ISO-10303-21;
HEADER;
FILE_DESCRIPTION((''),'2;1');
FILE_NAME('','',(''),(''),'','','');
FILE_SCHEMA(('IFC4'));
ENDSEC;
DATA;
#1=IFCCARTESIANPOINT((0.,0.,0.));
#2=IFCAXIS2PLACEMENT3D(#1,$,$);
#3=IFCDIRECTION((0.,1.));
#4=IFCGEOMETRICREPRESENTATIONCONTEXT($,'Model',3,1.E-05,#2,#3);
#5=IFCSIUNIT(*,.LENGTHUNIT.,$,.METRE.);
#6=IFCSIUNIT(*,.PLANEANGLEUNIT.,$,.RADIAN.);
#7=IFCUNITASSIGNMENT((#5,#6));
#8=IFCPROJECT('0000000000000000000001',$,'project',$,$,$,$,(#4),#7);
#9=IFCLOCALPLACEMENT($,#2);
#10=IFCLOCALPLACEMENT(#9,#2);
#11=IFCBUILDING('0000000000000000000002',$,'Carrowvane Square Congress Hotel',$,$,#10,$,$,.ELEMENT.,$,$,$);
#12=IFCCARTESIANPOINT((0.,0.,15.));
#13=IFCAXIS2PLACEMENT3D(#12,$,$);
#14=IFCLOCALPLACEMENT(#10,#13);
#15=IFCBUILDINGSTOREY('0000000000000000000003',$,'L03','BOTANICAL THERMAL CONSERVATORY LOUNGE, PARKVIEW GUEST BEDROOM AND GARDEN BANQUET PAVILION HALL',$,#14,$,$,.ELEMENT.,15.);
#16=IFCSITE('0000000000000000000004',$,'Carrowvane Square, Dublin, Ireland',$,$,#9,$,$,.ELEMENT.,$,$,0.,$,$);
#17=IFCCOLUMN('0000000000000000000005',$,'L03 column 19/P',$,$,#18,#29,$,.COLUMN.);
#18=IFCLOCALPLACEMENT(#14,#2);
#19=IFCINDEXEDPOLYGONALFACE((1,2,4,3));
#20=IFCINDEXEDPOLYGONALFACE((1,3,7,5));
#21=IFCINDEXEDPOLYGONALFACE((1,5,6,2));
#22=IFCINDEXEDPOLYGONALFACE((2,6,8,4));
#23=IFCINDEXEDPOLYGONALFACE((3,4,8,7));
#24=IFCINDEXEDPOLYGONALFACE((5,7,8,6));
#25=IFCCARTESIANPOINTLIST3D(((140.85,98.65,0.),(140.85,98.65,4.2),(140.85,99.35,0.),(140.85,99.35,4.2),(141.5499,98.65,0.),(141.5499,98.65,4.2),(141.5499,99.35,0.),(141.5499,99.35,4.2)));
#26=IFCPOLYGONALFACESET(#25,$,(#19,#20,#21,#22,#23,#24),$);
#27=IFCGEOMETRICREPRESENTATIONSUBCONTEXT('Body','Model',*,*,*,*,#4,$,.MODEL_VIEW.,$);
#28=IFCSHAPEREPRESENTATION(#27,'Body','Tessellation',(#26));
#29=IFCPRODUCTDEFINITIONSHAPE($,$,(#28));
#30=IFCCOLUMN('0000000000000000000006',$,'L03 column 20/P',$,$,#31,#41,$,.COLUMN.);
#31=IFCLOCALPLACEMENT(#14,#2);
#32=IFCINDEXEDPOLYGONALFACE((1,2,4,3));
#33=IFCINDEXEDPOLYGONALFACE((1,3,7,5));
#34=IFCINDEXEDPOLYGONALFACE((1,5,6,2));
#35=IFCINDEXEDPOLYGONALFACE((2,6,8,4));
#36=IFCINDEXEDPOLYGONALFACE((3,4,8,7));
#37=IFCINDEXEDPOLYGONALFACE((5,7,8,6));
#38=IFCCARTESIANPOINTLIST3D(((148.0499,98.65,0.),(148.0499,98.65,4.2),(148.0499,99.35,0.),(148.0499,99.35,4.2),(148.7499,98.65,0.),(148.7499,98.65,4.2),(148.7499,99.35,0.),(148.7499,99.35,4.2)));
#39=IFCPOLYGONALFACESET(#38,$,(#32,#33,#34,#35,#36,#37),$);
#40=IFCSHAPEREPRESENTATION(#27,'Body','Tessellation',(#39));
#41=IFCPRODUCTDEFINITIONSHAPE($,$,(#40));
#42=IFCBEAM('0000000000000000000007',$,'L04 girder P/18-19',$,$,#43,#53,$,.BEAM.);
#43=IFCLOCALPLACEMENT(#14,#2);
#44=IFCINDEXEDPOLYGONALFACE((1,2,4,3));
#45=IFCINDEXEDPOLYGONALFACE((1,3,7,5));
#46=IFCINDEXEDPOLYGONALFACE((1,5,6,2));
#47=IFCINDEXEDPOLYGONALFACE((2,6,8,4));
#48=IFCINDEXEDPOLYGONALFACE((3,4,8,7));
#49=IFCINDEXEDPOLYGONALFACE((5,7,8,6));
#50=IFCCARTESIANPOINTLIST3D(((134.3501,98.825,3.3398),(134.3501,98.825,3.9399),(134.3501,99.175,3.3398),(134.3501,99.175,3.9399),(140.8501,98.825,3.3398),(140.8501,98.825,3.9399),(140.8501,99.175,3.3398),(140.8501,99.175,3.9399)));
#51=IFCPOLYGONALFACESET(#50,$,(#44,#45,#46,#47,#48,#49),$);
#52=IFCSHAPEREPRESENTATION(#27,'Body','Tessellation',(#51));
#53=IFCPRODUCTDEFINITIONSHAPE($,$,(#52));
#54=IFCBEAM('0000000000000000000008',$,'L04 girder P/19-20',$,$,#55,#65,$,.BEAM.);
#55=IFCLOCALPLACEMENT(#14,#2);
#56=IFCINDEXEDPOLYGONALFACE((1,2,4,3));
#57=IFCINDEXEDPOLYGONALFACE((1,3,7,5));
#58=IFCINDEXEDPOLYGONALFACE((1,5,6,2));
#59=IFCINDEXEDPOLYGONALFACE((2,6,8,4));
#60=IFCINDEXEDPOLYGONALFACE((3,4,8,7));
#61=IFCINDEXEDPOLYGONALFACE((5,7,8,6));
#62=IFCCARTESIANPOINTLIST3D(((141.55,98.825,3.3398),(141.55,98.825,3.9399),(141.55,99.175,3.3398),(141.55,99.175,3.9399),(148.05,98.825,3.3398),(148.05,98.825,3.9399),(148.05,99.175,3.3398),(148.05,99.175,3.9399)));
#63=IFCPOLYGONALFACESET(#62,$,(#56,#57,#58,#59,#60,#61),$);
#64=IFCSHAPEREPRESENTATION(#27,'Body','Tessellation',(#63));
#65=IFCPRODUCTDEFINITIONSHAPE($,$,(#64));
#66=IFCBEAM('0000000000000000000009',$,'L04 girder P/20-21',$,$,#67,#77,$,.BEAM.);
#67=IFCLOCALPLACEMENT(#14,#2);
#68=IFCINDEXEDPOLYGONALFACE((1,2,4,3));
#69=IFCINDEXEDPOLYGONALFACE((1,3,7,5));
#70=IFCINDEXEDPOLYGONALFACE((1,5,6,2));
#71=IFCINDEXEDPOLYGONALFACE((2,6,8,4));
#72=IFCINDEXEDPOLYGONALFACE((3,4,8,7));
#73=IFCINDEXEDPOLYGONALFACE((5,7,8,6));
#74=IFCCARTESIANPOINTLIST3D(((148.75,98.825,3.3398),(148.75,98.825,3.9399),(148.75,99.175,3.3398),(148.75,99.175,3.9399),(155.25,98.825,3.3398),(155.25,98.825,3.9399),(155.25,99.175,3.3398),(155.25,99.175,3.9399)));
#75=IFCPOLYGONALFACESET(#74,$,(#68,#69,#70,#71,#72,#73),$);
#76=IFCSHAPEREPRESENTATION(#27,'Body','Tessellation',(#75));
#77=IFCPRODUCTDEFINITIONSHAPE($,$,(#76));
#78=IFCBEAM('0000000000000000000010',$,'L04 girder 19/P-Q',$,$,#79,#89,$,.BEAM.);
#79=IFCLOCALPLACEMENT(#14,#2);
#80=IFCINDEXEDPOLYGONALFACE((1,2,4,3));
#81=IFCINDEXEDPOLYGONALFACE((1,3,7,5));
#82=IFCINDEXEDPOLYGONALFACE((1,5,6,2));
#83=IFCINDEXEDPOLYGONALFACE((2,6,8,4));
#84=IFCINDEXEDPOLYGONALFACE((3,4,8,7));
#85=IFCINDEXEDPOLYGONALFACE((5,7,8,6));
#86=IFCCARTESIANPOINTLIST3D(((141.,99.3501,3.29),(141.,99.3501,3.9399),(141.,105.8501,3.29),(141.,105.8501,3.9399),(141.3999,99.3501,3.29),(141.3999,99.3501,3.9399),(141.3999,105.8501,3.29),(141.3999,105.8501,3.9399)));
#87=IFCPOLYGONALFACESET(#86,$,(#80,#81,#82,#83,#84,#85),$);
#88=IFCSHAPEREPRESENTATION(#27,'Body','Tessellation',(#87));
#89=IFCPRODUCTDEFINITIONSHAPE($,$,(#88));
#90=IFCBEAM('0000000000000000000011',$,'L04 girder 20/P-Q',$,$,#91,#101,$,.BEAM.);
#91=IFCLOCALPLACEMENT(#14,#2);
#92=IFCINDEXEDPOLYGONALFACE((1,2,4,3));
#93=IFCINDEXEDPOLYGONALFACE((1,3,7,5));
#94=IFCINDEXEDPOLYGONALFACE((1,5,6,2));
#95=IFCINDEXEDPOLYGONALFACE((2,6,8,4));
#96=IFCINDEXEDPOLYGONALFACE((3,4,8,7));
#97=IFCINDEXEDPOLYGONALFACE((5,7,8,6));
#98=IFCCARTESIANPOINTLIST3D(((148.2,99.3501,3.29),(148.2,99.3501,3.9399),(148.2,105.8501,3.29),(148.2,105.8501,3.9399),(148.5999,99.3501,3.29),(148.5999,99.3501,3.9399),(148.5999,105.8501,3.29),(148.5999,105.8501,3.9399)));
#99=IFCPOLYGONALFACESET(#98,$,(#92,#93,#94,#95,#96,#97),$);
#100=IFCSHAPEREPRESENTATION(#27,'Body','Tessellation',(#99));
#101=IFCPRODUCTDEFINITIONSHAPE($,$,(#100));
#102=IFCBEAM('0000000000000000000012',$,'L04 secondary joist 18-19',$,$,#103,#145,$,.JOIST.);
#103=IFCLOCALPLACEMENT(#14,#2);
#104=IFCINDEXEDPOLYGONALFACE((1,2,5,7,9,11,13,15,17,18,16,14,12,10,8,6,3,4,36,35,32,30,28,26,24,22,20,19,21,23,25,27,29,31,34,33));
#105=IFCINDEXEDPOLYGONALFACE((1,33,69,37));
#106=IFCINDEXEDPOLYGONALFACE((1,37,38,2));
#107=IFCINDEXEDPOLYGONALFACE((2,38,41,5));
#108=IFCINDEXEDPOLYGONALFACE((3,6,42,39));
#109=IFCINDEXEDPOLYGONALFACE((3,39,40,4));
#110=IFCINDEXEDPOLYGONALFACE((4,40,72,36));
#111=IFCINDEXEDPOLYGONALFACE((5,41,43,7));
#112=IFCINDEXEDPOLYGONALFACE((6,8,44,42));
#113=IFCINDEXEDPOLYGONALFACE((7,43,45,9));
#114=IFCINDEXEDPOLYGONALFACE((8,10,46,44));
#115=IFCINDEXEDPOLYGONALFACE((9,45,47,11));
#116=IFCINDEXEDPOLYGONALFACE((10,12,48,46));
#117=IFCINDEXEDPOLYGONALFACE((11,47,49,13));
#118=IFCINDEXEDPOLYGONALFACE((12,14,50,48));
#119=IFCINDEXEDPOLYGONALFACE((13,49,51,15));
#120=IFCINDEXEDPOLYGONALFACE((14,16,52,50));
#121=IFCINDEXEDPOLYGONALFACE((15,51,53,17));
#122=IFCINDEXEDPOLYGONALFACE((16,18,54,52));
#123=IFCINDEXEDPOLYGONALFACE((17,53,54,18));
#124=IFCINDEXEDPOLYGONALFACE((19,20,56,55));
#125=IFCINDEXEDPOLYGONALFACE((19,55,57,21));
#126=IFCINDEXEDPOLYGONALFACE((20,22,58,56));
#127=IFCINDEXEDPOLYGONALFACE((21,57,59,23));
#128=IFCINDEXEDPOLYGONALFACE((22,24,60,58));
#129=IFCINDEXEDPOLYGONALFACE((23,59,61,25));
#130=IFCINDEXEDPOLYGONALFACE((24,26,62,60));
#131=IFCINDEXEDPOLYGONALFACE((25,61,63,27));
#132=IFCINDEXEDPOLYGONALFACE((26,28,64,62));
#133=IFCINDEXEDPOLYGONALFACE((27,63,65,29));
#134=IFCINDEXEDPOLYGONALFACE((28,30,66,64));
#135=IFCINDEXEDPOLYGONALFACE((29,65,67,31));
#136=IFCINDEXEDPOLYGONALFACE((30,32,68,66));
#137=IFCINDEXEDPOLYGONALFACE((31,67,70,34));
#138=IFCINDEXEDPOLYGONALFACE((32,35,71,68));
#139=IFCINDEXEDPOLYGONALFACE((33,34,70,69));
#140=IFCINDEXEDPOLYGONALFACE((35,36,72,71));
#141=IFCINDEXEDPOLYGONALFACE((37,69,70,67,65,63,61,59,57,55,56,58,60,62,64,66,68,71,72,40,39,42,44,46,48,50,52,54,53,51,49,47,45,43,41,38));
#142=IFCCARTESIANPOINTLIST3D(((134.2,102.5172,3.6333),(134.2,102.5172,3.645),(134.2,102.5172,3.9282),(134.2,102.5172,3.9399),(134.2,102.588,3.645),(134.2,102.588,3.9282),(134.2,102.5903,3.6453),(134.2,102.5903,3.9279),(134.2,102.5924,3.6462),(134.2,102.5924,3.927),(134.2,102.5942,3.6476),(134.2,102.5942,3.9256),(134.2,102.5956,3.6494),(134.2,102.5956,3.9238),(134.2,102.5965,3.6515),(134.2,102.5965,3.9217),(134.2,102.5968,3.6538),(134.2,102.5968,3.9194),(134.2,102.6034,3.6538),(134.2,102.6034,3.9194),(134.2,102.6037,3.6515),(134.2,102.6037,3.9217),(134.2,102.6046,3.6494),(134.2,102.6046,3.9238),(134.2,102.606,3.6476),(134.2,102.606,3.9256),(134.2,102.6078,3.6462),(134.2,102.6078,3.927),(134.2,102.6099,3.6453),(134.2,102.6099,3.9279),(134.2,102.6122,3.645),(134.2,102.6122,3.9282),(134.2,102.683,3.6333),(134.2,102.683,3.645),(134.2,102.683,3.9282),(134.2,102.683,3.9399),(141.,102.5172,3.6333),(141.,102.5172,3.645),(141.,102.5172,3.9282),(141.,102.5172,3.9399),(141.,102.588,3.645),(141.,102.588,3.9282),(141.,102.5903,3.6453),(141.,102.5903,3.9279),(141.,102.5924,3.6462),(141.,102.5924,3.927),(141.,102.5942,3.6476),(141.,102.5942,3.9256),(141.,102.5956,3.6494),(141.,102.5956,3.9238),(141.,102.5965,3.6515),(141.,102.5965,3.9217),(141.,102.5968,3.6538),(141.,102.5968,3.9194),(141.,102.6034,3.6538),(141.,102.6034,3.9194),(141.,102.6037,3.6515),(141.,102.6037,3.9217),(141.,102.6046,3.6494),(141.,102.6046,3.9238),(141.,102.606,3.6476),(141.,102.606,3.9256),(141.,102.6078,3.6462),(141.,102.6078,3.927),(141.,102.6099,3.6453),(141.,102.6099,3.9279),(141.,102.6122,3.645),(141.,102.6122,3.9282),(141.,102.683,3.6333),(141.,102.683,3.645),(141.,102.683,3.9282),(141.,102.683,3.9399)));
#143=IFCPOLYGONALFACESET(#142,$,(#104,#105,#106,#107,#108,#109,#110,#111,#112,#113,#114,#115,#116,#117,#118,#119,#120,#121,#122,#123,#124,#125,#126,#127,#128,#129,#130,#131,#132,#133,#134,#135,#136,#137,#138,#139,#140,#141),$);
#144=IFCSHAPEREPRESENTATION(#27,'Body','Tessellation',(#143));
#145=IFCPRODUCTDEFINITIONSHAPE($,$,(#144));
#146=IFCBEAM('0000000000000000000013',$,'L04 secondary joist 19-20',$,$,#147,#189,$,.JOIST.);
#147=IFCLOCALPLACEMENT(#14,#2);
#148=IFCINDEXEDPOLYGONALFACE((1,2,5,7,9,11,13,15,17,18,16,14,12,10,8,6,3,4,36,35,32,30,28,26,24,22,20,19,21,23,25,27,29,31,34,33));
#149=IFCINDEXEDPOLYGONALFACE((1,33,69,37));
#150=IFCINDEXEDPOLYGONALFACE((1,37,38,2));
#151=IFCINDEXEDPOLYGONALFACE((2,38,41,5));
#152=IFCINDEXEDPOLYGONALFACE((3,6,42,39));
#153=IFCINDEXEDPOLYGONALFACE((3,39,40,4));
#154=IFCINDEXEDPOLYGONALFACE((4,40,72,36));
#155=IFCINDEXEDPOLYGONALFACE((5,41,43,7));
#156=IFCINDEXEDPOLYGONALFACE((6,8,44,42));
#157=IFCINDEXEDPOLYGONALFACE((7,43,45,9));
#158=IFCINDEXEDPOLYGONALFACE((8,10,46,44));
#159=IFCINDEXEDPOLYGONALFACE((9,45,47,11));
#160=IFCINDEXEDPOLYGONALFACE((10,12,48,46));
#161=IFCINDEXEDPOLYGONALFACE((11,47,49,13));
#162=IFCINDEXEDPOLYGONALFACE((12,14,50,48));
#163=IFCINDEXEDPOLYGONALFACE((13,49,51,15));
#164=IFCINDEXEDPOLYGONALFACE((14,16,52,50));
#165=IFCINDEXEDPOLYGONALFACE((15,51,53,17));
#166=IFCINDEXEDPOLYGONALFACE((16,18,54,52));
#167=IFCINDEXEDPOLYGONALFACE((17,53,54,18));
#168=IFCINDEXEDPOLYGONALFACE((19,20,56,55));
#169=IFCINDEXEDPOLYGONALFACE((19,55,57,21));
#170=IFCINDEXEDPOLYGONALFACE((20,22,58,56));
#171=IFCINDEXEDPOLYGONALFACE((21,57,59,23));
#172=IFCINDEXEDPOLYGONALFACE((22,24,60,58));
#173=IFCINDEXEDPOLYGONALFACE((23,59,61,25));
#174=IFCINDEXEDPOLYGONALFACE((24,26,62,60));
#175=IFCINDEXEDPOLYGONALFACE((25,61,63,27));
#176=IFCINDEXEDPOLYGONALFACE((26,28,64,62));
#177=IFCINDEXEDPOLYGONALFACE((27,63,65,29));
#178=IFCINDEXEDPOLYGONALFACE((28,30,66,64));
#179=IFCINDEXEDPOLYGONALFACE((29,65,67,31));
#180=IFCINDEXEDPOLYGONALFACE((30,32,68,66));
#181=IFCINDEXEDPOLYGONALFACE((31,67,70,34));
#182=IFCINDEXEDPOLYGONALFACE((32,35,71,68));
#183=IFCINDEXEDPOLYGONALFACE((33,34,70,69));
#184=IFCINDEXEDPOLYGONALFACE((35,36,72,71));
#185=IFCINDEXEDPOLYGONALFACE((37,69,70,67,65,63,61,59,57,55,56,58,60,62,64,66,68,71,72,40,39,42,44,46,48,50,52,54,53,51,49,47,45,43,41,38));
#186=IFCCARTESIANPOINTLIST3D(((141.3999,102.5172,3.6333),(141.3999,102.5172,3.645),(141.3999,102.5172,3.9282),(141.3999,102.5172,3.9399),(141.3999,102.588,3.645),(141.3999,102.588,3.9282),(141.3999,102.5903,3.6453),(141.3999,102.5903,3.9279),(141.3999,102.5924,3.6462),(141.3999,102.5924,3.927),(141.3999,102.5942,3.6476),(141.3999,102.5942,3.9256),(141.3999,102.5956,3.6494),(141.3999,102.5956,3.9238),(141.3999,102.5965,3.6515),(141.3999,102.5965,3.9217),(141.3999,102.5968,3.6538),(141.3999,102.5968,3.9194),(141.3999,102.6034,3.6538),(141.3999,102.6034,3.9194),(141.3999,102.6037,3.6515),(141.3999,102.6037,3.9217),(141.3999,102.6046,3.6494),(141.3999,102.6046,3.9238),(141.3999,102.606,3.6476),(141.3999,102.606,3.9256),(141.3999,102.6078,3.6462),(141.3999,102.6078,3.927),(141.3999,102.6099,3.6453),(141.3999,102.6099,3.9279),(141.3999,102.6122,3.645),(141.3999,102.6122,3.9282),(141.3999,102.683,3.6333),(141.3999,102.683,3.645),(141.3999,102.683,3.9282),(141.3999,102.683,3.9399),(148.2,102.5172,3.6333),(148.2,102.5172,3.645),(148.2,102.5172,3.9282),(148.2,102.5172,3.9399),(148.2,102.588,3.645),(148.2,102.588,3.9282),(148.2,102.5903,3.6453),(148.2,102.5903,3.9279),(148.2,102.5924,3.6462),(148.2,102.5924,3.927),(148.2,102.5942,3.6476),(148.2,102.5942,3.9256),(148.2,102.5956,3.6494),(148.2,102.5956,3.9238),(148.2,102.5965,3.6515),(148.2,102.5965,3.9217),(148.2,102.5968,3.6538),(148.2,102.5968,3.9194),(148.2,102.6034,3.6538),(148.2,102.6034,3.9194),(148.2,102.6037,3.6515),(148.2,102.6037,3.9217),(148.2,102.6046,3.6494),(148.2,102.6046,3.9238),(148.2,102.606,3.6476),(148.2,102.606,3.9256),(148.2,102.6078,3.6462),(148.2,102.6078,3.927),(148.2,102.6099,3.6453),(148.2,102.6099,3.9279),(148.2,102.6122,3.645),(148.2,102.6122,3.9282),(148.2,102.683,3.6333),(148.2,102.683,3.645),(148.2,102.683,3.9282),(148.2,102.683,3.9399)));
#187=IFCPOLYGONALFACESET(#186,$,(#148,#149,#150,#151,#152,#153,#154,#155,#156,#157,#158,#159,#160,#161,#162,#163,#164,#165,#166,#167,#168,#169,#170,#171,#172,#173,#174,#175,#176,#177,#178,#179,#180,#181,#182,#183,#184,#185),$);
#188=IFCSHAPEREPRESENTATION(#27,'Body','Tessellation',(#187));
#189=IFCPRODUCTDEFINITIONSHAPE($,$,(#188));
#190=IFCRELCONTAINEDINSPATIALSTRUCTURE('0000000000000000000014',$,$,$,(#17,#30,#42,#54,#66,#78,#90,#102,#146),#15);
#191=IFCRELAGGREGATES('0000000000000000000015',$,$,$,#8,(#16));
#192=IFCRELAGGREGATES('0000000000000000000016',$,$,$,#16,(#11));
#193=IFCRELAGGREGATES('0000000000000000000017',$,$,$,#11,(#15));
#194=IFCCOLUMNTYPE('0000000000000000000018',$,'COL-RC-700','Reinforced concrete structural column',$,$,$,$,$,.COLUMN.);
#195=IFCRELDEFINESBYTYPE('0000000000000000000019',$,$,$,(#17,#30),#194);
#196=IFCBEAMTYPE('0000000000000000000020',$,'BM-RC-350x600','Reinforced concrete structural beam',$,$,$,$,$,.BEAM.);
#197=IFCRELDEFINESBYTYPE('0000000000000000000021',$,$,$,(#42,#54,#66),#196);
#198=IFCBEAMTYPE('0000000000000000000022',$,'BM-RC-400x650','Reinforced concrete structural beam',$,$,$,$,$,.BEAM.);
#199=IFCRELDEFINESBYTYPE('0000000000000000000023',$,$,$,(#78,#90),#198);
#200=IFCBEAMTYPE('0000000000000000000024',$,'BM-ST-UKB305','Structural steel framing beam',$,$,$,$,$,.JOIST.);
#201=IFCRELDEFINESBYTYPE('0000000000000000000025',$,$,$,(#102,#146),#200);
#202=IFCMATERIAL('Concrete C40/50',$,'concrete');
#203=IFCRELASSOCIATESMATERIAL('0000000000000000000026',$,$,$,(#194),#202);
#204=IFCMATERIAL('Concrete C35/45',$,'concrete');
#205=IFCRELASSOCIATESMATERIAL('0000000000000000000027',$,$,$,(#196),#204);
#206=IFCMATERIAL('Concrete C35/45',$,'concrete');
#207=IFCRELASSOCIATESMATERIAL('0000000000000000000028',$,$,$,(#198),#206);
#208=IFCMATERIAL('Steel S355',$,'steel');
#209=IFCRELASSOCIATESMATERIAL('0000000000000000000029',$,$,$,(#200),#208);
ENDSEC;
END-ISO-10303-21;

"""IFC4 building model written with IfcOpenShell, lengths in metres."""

from ifc_helpers import new_model, si_unit, direction, frame, origin, origin_2d, place, context, subcontext, project, spatial, rectangle, i_section, extrude, material, material_profile, profile_set, type_object, element, save


model = new_model("IFC4")

# Units and contexts
model_context = context("Model", 3, precision=1e-05, world=origin(), true_north=direction((0.0, 1.0)))
body_context = subcontext(model_context, "Body", "Model", "MODEL_VIEW")
ifc_project = project(units=[si_unit("LENGTHUNIT", "METRE"), si_unit("PLANEANGLEUNIT", "RADIAN")], contexts=[model_context])

# Site, building, storey
site_placement = place(None, origin())
site = spatial("IfcSite", under=ifc_project, at=site_placement, Name="Carrowvane Square, Dublin, Ireland", CompositionType="ELEMENT", RefElevation=0.0)
building_placement = place(site_placement, origin())
building = spatial("IfcBuilding", under=site, at=building_placement, Name="Carrowvane Square Congress Hotel", CompositionType="ELEMENT")
storey_placement = place(building_placement, frame((0.0, 0.0, 15.0)))
storey = spatial("IfcBuildingStorey", under=building, at=storey_placement, Name="L03", Description="BOTANICAL THERMAL CONSERVATORY LOUNGE, PARKVIEW GUEST BEDROOM AND GARDEN BANQUET PAVILION HALL", CompositionType="ELEMENT", Elevation=15.0)

# Columns
ifc_material_1 = material(Name="Concrete C40/50", Category="concrete")
ifc_material_profile_1 = material_profile(ifc_material_1, rectangle(XDim=0.7, YDim=0.7, at=origin_2d()), Name="RC 700x700")
ifc_profile_set_1 = profile_set([ifc_material_profile_1], Name="Concrete C40/50")
column_type = type_object("IfcColumnType", Name="COL-RC-700", Description="Reinforced concrete structural column", PredefinedType="COLUMN", material=ifc_profile_set_1)
for number, where, z_axis, x_axis, name in (
    (1, (141.2, 99.0, 0.0), (0.0, 0.0, 1.0), (1.0, 0.0, 0.0), "L03 column 19/P"),
    (2, (148.3999, 99.0, 0.0), (0.0, 0.0, 1.0), (1.0, 0.0, 0.0), "L03 column 20/P"),
):
    element("IfcColumn", number, at=place(storey_placement, frame(where, z_axis=z_axis, x_axis=x_axis)), inside=storey, type_object=column_type, Name=name, PredefinedType="COLUMN", context=body_context, shape_type="SweptSolid", body=[
        extrude(rectangle(XDim=0.7, YDim=0.7, at=origin_2d()), origin(), (0.0, 0.0, 1.0), 4.2),
    ])

# Beams
ifc_material_2 = material(Name="Concrete C35/45", Category="concrete")
ifc_material_profile_2 = material_profile(ifc_material_2, rectangle(XDim=0.3501, YDim=0.6001, at=origin_2d()), Name="RC 350x600")
ifc_profile_set_2 = profile_set([ifc_material_profile_2], Name="Concrete C35/45")
beam_type_1 = type_object("IfcBeamType", Name="BM-RC-350x600", Description="Reinforced concrete structural beam", PredefinedType="BEAM", material=ifc_profile_set_2)
for number, where, z_axis, x_axis, name in (
    (3, (134.3501, 99.0, 3.6399), (1.0, 0.0, 0.0), (0.0, 1.0, 0.0), "L04 girder P/18-19"),
    (4, (141.55, 99.0, 3.6399), (1.0, 0.0, 0.0), (0.0, 1.0, 0.0), "L04 girder P/19-20"),
    (5, (148.75, 99.0, 3.6399), (1.0, 0.0, 0.0), (0.0, 1.0, 0.0), "L04 girder P/20-21"),
):
    element("IfcBeam", number, at=place(storey_placement, frame(where, z_axis=z_axis, x_axis=x_axis)), inside=storey, type_object=beam_type_1, Name=name, PredefinedType="BEAM", context=body_context, shape_type="SweptSolid", body=[
        extrude(rectangle(XDim=0.3501, YDim=0.6001, at=origin_2d()), origin(), (0.0, 0.0, 1.0), 6.5),
    ])
ifc_material_3 = material(Name="Concrete C35/45", Category="concrete")
ifc_material_profile_3 = material_profile(ifc_material_3, rectangle(XDim=0.3999, YDim=0.6499, at=origin_2d()), Name="RC 400x650")
ifc_profile_set_3 = profile_set([ifc_material_profile_3], Name="Concrete C35/45")
beam_type_2 = type_object("IfcBeamType", Name="BM-RC-400x650", Description="Reinforced concrete structural beam", PredefinedType="BEAM", material=ifc_profile_set_3)
for number, where, z_axis, x_axis, name in (
    (6, (141.2, 99.3501, 3.615), (0.0, 1.0, 0.0), (-1.0, 0.0, 0.0), "L04 girder 19/P-Q"),
    (7, (148.3999, 99.3501, 3.615), (0.0, 1.0, 0.0), (-1.0, 0.0, 0.0), "L04 girder 20/P-Q"),
):
    element("IfcBeam", number, at=place(storey_placement, frame(where, z_axis=z_axis, x_axis=x_axis)), inside=storey, type_object=beam_type_2, Name=name, PredefinedType="BEAM", context=body_context, shape_type="SweptSolid", body=[
        extrude(rectangle(XDim=0.3999, YDim=0.6499, at=origin_2d()), origin(), (0.0, 0.0, 1.0), 6.5),
    ])
ifc_material_4 = material(Name="Steel S355", Category="steel")
ifc_material_profile_4 = material_profile(ifc_material_4, i_section(OverallWidth=0.1658, OverallDepth=0.3066, WebThickness=0.0066, FlangeThickness=0.0117, FilletRadius=0.0088, at=origin_2d()), Name="UKB 305x165x46")
ifc_profile_set_4 = profile_set([ifc_material_profile_4], Name="Steel S355")
beam_type_3 = type_object("IfcBeamType", Name="BM-ST-UKB305", Description="Structural steel framing beam", PredefinedType="JOIST", material=ifc_profile_set_4)
for number, where, z_axis, x_axis, name in (
    (8, (134.2, 102.6001, 3.7866), (1.0, 0.0, 0.0), (0.0, 1.0, 0.0), "L04 secondary joist 18-19"),
    (9, (141.3999, 102.6001, 3.7866), (1.0, 0.0, 0.0), (0.0, 1.0, 0.0), "L04 secondary joist 19-20"),
):
    element("IfcBeam", number, at=place(storey_placement, frame(where, z_axis=z_axis, x_axis=x_axis)), inside=storey, type_object=beam_type_3, Name=name, PredefinedType="JOIST", context=body_context, shape_type="SweptSolid", body=[
        extrude(i_section(OverallWidth=0.1658, OverallDepth=0.3066, WebThickness=0.0066, FlangeThickness=0.0117, FilletRadius=0.0088, at=origin_2d()), origin(), (0.0, 0.0, 1.0), 6.8),
    ])

save(model, "model.ifc")
